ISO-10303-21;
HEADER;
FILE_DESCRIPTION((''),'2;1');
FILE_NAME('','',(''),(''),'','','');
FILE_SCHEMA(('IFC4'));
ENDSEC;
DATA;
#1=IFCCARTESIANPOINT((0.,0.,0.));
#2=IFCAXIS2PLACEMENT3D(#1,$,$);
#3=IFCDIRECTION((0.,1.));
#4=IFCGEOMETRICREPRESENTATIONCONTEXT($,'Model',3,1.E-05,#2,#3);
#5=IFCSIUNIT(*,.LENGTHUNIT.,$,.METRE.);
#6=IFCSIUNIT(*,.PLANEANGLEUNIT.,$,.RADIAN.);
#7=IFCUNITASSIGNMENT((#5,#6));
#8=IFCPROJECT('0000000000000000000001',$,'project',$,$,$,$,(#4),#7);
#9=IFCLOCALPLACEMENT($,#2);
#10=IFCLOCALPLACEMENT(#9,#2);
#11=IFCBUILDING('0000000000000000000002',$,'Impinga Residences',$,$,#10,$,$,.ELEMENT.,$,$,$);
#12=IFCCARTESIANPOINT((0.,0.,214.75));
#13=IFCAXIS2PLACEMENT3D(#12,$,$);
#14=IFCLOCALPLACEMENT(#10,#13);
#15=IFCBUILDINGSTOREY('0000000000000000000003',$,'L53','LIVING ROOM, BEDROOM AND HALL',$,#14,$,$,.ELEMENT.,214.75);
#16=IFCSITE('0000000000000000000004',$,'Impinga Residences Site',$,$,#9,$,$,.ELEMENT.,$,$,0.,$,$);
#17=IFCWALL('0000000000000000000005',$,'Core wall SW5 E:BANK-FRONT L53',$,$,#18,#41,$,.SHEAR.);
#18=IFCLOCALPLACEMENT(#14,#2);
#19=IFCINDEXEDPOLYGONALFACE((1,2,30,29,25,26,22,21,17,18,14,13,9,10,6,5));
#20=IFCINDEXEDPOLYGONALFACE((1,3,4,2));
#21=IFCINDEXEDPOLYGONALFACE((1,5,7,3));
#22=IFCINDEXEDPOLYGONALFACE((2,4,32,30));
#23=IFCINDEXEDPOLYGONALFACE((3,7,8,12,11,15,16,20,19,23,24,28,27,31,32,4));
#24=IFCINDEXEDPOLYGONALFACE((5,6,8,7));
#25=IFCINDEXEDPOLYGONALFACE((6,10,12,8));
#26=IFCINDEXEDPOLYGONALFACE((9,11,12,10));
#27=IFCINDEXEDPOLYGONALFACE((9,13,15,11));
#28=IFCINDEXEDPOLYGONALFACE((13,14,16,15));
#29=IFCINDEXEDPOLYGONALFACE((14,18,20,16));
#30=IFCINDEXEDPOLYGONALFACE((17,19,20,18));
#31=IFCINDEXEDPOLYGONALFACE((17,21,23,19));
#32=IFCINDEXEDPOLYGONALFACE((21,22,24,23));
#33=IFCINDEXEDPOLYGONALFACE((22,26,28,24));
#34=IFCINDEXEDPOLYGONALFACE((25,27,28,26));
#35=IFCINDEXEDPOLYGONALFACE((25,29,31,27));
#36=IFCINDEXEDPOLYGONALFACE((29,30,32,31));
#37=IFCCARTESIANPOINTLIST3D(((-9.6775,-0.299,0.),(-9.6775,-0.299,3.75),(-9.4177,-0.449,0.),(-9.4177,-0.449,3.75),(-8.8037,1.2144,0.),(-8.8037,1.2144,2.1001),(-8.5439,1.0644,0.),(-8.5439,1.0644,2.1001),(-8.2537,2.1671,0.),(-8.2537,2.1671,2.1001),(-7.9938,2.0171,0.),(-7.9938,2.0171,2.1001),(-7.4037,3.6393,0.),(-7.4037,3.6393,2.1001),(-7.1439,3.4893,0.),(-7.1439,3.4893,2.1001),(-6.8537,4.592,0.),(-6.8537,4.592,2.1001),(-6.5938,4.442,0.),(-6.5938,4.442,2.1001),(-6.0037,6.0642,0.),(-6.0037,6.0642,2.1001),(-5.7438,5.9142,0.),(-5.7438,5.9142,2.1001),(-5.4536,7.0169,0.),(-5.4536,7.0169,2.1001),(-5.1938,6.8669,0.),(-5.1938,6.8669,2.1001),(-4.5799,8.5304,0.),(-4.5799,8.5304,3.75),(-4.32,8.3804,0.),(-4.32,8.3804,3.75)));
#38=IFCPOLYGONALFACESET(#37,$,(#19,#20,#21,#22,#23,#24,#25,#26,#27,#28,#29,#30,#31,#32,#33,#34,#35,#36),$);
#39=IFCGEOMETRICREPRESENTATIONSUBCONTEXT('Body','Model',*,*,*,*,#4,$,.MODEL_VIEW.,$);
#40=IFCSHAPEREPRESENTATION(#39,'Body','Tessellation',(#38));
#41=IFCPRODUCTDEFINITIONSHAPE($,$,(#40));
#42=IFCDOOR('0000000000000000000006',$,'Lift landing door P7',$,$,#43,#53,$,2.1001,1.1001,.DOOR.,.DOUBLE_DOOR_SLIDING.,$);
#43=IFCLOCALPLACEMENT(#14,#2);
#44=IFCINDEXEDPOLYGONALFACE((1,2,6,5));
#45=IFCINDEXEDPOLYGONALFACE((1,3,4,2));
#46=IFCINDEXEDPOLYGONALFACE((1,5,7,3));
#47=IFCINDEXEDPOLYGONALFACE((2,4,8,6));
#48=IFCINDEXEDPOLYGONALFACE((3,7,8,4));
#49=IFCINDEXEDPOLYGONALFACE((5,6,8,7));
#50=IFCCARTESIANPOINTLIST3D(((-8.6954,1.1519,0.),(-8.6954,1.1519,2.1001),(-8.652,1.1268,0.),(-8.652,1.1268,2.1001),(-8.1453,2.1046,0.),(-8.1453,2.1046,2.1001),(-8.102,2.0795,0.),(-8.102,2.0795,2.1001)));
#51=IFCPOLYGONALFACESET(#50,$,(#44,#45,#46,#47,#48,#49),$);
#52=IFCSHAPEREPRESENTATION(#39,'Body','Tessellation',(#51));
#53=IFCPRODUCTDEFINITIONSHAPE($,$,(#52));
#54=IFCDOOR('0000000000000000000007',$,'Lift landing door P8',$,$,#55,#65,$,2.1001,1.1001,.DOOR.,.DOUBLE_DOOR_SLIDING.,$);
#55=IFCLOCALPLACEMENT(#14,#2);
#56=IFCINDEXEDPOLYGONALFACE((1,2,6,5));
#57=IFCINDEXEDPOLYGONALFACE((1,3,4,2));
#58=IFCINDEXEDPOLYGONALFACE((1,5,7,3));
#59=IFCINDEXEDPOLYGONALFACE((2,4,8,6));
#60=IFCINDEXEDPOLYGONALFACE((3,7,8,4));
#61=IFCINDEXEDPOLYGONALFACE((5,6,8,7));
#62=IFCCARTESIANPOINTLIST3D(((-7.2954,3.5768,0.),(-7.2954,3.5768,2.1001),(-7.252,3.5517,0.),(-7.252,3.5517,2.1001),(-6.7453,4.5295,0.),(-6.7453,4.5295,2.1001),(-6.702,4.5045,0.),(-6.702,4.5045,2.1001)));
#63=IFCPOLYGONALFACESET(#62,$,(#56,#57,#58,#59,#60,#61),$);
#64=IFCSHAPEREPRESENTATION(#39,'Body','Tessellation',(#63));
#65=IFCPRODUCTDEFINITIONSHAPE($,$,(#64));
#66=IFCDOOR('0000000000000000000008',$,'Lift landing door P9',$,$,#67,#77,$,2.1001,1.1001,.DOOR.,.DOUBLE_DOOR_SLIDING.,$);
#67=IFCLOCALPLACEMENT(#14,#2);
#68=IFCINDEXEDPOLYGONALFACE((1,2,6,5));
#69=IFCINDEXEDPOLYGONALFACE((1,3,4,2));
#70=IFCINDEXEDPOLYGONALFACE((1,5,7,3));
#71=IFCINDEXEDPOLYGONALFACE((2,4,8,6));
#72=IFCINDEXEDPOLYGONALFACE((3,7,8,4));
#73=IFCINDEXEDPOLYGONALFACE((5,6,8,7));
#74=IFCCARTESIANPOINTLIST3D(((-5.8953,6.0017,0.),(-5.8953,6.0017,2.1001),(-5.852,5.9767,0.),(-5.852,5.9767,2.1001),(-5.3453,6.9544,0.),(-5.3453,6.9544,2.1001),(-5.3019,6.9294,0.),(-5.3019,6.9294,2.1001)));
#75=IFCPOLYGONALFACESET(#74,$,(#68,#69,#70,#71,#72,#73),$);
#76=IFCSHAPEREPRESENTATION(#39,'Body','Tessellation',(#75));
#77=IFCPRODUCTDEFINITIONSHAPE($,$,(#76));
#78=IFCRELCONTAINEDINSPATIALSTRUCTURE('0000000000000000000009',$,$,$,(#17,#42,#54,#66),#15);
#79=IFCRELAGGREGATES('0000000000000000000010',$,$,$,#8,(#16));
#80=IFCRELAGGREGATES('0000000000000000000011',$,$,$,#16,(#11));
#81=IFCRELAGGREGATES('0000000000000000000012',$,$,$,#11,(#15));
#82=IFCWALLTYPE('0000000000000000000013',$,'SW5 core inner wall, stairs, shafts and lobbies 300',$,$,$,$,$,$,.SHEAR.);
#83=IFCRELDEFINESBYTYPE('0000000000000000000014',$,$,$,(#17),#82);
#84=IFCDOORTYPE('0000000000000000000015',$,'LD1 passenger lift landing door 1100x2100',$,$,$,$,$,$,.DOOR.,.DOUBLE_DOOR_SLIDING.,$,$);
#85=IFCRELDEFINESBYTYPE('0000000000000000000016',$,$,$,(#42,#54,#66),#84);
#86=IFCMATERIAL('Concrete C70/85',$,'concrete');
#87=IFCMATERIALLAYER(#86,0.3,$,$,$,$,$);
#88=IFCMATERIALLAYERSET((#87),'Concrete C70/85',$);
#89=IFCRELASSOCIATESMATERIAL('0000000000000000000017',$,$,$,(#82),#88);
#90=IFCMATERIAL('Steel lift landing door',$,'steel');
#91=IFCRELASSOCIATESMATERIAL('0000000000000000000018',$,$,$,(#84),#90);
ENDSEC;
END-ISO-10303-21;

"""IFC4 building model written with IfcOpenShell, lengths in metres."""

from ifc_helpers import new_model, si_unit, direction, frame, frame_2d, origin, place, context, subcontext, project, spatial, rectangle, extrude, material, layer, layer_set, type_object, element, fill, save


model = new_model("IFC4")

# Units and contexts
model_context = context("Model", 3, precision=1e-05, world=origin(), true_north=direction((0.0, 1.0)))
body_context = subcontext(model_context, "Body", "Model", "MODEL_VIEW")
ifc_project = project(units=[si_unit("LENGTHUNIT", "METRE"), si_unit("PLANEANGLEUNIT", "RADIAN")], contexts=[model_context])

# Site, building, storey
site_placement = place(None, origin())
site = spatial("IfcSite", under=ifc_project, at=site_placement, Name="Impinga Residences Site", CompositionType="ELEMENT", RefElevation=0.0)
building_placement = place(site_placement, origin())
building = spatial("IfcBuilding", under=site, at=building_placement, Name="Impinga Residences", CompositionType="ELEMENT")
storey_placement = place(building_placement, frame((0.0, 0.0, 214.75)))
storey = spatial("IfcBuildingStorey", under=building, at=storey_placement, Name="L53", Description="LIVING ROOM, BEDROOM AND HALL", CompositionType="ELEMENT", Elevation=214.75)

# Wall, openings, doors
ifc_material_1 = material(Name="Concrete C70/85", Category="concrete")
ifc_layer_1 = layer(ifc_material_1, 0.3)
ifc_layer_set_1 = layer_set([ifc_layer_1], Name="Concrete C70/85")
wall_type_1 = type_object("IfcWallType", Name="SW5 core inner wall, stairs, shafts and lobbies 300", PredefinedType="SHEAR", material=ifc_layer_set_1)
wall_1_placement = place(storey_placement, frame((-9.5476, -0.374, 0.0), z_axis=(0.0, 0.0, 1.0), x_axis=(0.500002, 0.866024, 0.0)))
wall_1 = element("IfcWall", 1, at=wall_1_placement, inside=storey, type_object=wall_type_1, Name="Core wall SW5 E:BANK-FRONT L53", PredefinedType="SHEAR", context=body_context, shape_type="SweptSolid", body=[
    extrude(rectangle(XDim=10.1953, YDim=0.3, at=frame_2d((5.0977, 0.0))), origin(), (0.0, 0.0, 1.0), 3.75),
])
opening_1_placement = place(wall_1_placement, frame((1.7476, 0.0, 0.0)))
opening_1 = element("IfcOpeningElement", 2, at=opening_1_placement, cuts=wall_1, PredefinedType="OPENING", context=body_context, shape_type="SweptSolid", body=[
    extrude(rectangle(XDim=1.1001, YDim=2.1001, at=frame_2d((0.55, 1.05))), frame((0.0, 0.1599, 0.0), z_axis=(0.0, -1.0, 0.0), x_axis=(1.0, 0.0, 0.0)), (0.0, 0.0, 1.0), 0.3201),
])
opening_2_placement = place(wall_1_placement, frame((4.5476, 0.0, 0.0)))
opening_2 = element("IfcOpeningElement", 3, at=opening_2_placement, cuts=wall_1, PredefinedType="OPENING", context=body_context, shape_type="SweptSolid", body=[
    extrude(rectangle(XDim=1.1001, YDim=2.1001, at=frame_2d((0.55, 1.05))), frame((0.0, 0.1599, 0.0), z_axis=(0.0, -1.0, 0.0), x_axis=(1.0, 0.0, 0.0)), (0.0, 0.0, 1.0), 0.3201),
])
opening_3_placement = place(wall_1_placement, frame((7.3477, 0.0, 0.0)))
opening_3 = element("IfcOpeningElement", 4, at=opening_3_placement, cuts=wall_1, PredefinedType="OPENING", context=body_context, shape_type="SweptSolid", body=[
    extrude(rectangle(XDim=1.1001, YDim=2.1001, at=frame_2d((0.55, 1.05))), frame((0.0, 0.1599, 0.0), z_axis=(0.0, -1.0, 0.0), x_axis=(1.0, 0.0, 0.0)), (0.0, 0.0, 1.0), 0.3201),
])
ifc_material_2 = material(Name="Steel lift landing door", Category="steel")
door_type_1 = type_object("IfcDoorType", Name="LD1 passenger lift landing door 1100x2100", OperationType="DOUBLE_DOOR_SLIDING", PredefinedType="DOOR", material=ifc_material_2)
door_1_placement = place(opening_1_placement, origin())
door_1 = element("IfcDoor", 5, at=door_1_placement, inside=storey, type_object=door_type_1, Name="Lift landing door P7", OperationType="DOUBLE_DOOR_SLIDING", OverallHeight=2.1001, OverallWidth=1.1001, PredefinedType="DOOR", context=body_context, shape_type="SweptSolid", body=[
    extrude(rectangle(XDim=1.1001, YDim=2.1001, at=frame_2d((0.55, 1.05))), frame((0.0, 0.0249, 0.0), z_axis=(0.0, -1.0, 0.0), x_axis=(1.0, 0.0, 0.0)), (0.0, 0.0, 1.0), 0.05),
])
fill(opening_1, door_1)
door_2_placement = place(opening_2_placement, origin())
door_2 = element("IfcDoor", 6, at=door_2_placement, inside=storey, type_object=door_type_1, Name="Lift landing door P8", OperationType="DOUBLE_DOOR_SLIDING", OverallHeight=2.1001, OverallWidth=1.1001, PredefinedType="DOOR", context=body_context, shape_type="SweptSolid", body=[
    extrude(rectangle(XDim=1.1001, YDim=2.1001, at=frame_2d((0.55, 1.05))), frame((0.0, 0.0249, 0.0), z_axis=(0.0, -1.0, 0.0), x_axis=(1.0, 0.0, 0.0)), (0.0, 0.0, 1.0), 0.05),
])
fill(opening_2, door_2)
door_3_placement = place(opening_3_placement, origin())
door_3 = element("IfcDoor", 7, at=door_3_placement, inside=storey, type_object=door_type_1, Name="Lift landing door P9", OperationType="DOUBLE_DOOR_SLIDING", OverallHeight=2.1001, OverallWidth=1.1001, PredefinedType="DOOR", context=body_context, shape_type="SweptSolid", body=[
    extrude(rectangle(XDim=1.1001, YDim=2.1001, at=frame_2d((0.55, 1.05))), frame((0.0, 0.0249, 0.0), z_axis=(0.0, -1.0, 0.0), x_axis=(1.0, 0.0, 0.0)), (0.0, 0.0, 1.0), 0.05),
])
fill(opening_3, door_3)

save(model, "model.ifc")
